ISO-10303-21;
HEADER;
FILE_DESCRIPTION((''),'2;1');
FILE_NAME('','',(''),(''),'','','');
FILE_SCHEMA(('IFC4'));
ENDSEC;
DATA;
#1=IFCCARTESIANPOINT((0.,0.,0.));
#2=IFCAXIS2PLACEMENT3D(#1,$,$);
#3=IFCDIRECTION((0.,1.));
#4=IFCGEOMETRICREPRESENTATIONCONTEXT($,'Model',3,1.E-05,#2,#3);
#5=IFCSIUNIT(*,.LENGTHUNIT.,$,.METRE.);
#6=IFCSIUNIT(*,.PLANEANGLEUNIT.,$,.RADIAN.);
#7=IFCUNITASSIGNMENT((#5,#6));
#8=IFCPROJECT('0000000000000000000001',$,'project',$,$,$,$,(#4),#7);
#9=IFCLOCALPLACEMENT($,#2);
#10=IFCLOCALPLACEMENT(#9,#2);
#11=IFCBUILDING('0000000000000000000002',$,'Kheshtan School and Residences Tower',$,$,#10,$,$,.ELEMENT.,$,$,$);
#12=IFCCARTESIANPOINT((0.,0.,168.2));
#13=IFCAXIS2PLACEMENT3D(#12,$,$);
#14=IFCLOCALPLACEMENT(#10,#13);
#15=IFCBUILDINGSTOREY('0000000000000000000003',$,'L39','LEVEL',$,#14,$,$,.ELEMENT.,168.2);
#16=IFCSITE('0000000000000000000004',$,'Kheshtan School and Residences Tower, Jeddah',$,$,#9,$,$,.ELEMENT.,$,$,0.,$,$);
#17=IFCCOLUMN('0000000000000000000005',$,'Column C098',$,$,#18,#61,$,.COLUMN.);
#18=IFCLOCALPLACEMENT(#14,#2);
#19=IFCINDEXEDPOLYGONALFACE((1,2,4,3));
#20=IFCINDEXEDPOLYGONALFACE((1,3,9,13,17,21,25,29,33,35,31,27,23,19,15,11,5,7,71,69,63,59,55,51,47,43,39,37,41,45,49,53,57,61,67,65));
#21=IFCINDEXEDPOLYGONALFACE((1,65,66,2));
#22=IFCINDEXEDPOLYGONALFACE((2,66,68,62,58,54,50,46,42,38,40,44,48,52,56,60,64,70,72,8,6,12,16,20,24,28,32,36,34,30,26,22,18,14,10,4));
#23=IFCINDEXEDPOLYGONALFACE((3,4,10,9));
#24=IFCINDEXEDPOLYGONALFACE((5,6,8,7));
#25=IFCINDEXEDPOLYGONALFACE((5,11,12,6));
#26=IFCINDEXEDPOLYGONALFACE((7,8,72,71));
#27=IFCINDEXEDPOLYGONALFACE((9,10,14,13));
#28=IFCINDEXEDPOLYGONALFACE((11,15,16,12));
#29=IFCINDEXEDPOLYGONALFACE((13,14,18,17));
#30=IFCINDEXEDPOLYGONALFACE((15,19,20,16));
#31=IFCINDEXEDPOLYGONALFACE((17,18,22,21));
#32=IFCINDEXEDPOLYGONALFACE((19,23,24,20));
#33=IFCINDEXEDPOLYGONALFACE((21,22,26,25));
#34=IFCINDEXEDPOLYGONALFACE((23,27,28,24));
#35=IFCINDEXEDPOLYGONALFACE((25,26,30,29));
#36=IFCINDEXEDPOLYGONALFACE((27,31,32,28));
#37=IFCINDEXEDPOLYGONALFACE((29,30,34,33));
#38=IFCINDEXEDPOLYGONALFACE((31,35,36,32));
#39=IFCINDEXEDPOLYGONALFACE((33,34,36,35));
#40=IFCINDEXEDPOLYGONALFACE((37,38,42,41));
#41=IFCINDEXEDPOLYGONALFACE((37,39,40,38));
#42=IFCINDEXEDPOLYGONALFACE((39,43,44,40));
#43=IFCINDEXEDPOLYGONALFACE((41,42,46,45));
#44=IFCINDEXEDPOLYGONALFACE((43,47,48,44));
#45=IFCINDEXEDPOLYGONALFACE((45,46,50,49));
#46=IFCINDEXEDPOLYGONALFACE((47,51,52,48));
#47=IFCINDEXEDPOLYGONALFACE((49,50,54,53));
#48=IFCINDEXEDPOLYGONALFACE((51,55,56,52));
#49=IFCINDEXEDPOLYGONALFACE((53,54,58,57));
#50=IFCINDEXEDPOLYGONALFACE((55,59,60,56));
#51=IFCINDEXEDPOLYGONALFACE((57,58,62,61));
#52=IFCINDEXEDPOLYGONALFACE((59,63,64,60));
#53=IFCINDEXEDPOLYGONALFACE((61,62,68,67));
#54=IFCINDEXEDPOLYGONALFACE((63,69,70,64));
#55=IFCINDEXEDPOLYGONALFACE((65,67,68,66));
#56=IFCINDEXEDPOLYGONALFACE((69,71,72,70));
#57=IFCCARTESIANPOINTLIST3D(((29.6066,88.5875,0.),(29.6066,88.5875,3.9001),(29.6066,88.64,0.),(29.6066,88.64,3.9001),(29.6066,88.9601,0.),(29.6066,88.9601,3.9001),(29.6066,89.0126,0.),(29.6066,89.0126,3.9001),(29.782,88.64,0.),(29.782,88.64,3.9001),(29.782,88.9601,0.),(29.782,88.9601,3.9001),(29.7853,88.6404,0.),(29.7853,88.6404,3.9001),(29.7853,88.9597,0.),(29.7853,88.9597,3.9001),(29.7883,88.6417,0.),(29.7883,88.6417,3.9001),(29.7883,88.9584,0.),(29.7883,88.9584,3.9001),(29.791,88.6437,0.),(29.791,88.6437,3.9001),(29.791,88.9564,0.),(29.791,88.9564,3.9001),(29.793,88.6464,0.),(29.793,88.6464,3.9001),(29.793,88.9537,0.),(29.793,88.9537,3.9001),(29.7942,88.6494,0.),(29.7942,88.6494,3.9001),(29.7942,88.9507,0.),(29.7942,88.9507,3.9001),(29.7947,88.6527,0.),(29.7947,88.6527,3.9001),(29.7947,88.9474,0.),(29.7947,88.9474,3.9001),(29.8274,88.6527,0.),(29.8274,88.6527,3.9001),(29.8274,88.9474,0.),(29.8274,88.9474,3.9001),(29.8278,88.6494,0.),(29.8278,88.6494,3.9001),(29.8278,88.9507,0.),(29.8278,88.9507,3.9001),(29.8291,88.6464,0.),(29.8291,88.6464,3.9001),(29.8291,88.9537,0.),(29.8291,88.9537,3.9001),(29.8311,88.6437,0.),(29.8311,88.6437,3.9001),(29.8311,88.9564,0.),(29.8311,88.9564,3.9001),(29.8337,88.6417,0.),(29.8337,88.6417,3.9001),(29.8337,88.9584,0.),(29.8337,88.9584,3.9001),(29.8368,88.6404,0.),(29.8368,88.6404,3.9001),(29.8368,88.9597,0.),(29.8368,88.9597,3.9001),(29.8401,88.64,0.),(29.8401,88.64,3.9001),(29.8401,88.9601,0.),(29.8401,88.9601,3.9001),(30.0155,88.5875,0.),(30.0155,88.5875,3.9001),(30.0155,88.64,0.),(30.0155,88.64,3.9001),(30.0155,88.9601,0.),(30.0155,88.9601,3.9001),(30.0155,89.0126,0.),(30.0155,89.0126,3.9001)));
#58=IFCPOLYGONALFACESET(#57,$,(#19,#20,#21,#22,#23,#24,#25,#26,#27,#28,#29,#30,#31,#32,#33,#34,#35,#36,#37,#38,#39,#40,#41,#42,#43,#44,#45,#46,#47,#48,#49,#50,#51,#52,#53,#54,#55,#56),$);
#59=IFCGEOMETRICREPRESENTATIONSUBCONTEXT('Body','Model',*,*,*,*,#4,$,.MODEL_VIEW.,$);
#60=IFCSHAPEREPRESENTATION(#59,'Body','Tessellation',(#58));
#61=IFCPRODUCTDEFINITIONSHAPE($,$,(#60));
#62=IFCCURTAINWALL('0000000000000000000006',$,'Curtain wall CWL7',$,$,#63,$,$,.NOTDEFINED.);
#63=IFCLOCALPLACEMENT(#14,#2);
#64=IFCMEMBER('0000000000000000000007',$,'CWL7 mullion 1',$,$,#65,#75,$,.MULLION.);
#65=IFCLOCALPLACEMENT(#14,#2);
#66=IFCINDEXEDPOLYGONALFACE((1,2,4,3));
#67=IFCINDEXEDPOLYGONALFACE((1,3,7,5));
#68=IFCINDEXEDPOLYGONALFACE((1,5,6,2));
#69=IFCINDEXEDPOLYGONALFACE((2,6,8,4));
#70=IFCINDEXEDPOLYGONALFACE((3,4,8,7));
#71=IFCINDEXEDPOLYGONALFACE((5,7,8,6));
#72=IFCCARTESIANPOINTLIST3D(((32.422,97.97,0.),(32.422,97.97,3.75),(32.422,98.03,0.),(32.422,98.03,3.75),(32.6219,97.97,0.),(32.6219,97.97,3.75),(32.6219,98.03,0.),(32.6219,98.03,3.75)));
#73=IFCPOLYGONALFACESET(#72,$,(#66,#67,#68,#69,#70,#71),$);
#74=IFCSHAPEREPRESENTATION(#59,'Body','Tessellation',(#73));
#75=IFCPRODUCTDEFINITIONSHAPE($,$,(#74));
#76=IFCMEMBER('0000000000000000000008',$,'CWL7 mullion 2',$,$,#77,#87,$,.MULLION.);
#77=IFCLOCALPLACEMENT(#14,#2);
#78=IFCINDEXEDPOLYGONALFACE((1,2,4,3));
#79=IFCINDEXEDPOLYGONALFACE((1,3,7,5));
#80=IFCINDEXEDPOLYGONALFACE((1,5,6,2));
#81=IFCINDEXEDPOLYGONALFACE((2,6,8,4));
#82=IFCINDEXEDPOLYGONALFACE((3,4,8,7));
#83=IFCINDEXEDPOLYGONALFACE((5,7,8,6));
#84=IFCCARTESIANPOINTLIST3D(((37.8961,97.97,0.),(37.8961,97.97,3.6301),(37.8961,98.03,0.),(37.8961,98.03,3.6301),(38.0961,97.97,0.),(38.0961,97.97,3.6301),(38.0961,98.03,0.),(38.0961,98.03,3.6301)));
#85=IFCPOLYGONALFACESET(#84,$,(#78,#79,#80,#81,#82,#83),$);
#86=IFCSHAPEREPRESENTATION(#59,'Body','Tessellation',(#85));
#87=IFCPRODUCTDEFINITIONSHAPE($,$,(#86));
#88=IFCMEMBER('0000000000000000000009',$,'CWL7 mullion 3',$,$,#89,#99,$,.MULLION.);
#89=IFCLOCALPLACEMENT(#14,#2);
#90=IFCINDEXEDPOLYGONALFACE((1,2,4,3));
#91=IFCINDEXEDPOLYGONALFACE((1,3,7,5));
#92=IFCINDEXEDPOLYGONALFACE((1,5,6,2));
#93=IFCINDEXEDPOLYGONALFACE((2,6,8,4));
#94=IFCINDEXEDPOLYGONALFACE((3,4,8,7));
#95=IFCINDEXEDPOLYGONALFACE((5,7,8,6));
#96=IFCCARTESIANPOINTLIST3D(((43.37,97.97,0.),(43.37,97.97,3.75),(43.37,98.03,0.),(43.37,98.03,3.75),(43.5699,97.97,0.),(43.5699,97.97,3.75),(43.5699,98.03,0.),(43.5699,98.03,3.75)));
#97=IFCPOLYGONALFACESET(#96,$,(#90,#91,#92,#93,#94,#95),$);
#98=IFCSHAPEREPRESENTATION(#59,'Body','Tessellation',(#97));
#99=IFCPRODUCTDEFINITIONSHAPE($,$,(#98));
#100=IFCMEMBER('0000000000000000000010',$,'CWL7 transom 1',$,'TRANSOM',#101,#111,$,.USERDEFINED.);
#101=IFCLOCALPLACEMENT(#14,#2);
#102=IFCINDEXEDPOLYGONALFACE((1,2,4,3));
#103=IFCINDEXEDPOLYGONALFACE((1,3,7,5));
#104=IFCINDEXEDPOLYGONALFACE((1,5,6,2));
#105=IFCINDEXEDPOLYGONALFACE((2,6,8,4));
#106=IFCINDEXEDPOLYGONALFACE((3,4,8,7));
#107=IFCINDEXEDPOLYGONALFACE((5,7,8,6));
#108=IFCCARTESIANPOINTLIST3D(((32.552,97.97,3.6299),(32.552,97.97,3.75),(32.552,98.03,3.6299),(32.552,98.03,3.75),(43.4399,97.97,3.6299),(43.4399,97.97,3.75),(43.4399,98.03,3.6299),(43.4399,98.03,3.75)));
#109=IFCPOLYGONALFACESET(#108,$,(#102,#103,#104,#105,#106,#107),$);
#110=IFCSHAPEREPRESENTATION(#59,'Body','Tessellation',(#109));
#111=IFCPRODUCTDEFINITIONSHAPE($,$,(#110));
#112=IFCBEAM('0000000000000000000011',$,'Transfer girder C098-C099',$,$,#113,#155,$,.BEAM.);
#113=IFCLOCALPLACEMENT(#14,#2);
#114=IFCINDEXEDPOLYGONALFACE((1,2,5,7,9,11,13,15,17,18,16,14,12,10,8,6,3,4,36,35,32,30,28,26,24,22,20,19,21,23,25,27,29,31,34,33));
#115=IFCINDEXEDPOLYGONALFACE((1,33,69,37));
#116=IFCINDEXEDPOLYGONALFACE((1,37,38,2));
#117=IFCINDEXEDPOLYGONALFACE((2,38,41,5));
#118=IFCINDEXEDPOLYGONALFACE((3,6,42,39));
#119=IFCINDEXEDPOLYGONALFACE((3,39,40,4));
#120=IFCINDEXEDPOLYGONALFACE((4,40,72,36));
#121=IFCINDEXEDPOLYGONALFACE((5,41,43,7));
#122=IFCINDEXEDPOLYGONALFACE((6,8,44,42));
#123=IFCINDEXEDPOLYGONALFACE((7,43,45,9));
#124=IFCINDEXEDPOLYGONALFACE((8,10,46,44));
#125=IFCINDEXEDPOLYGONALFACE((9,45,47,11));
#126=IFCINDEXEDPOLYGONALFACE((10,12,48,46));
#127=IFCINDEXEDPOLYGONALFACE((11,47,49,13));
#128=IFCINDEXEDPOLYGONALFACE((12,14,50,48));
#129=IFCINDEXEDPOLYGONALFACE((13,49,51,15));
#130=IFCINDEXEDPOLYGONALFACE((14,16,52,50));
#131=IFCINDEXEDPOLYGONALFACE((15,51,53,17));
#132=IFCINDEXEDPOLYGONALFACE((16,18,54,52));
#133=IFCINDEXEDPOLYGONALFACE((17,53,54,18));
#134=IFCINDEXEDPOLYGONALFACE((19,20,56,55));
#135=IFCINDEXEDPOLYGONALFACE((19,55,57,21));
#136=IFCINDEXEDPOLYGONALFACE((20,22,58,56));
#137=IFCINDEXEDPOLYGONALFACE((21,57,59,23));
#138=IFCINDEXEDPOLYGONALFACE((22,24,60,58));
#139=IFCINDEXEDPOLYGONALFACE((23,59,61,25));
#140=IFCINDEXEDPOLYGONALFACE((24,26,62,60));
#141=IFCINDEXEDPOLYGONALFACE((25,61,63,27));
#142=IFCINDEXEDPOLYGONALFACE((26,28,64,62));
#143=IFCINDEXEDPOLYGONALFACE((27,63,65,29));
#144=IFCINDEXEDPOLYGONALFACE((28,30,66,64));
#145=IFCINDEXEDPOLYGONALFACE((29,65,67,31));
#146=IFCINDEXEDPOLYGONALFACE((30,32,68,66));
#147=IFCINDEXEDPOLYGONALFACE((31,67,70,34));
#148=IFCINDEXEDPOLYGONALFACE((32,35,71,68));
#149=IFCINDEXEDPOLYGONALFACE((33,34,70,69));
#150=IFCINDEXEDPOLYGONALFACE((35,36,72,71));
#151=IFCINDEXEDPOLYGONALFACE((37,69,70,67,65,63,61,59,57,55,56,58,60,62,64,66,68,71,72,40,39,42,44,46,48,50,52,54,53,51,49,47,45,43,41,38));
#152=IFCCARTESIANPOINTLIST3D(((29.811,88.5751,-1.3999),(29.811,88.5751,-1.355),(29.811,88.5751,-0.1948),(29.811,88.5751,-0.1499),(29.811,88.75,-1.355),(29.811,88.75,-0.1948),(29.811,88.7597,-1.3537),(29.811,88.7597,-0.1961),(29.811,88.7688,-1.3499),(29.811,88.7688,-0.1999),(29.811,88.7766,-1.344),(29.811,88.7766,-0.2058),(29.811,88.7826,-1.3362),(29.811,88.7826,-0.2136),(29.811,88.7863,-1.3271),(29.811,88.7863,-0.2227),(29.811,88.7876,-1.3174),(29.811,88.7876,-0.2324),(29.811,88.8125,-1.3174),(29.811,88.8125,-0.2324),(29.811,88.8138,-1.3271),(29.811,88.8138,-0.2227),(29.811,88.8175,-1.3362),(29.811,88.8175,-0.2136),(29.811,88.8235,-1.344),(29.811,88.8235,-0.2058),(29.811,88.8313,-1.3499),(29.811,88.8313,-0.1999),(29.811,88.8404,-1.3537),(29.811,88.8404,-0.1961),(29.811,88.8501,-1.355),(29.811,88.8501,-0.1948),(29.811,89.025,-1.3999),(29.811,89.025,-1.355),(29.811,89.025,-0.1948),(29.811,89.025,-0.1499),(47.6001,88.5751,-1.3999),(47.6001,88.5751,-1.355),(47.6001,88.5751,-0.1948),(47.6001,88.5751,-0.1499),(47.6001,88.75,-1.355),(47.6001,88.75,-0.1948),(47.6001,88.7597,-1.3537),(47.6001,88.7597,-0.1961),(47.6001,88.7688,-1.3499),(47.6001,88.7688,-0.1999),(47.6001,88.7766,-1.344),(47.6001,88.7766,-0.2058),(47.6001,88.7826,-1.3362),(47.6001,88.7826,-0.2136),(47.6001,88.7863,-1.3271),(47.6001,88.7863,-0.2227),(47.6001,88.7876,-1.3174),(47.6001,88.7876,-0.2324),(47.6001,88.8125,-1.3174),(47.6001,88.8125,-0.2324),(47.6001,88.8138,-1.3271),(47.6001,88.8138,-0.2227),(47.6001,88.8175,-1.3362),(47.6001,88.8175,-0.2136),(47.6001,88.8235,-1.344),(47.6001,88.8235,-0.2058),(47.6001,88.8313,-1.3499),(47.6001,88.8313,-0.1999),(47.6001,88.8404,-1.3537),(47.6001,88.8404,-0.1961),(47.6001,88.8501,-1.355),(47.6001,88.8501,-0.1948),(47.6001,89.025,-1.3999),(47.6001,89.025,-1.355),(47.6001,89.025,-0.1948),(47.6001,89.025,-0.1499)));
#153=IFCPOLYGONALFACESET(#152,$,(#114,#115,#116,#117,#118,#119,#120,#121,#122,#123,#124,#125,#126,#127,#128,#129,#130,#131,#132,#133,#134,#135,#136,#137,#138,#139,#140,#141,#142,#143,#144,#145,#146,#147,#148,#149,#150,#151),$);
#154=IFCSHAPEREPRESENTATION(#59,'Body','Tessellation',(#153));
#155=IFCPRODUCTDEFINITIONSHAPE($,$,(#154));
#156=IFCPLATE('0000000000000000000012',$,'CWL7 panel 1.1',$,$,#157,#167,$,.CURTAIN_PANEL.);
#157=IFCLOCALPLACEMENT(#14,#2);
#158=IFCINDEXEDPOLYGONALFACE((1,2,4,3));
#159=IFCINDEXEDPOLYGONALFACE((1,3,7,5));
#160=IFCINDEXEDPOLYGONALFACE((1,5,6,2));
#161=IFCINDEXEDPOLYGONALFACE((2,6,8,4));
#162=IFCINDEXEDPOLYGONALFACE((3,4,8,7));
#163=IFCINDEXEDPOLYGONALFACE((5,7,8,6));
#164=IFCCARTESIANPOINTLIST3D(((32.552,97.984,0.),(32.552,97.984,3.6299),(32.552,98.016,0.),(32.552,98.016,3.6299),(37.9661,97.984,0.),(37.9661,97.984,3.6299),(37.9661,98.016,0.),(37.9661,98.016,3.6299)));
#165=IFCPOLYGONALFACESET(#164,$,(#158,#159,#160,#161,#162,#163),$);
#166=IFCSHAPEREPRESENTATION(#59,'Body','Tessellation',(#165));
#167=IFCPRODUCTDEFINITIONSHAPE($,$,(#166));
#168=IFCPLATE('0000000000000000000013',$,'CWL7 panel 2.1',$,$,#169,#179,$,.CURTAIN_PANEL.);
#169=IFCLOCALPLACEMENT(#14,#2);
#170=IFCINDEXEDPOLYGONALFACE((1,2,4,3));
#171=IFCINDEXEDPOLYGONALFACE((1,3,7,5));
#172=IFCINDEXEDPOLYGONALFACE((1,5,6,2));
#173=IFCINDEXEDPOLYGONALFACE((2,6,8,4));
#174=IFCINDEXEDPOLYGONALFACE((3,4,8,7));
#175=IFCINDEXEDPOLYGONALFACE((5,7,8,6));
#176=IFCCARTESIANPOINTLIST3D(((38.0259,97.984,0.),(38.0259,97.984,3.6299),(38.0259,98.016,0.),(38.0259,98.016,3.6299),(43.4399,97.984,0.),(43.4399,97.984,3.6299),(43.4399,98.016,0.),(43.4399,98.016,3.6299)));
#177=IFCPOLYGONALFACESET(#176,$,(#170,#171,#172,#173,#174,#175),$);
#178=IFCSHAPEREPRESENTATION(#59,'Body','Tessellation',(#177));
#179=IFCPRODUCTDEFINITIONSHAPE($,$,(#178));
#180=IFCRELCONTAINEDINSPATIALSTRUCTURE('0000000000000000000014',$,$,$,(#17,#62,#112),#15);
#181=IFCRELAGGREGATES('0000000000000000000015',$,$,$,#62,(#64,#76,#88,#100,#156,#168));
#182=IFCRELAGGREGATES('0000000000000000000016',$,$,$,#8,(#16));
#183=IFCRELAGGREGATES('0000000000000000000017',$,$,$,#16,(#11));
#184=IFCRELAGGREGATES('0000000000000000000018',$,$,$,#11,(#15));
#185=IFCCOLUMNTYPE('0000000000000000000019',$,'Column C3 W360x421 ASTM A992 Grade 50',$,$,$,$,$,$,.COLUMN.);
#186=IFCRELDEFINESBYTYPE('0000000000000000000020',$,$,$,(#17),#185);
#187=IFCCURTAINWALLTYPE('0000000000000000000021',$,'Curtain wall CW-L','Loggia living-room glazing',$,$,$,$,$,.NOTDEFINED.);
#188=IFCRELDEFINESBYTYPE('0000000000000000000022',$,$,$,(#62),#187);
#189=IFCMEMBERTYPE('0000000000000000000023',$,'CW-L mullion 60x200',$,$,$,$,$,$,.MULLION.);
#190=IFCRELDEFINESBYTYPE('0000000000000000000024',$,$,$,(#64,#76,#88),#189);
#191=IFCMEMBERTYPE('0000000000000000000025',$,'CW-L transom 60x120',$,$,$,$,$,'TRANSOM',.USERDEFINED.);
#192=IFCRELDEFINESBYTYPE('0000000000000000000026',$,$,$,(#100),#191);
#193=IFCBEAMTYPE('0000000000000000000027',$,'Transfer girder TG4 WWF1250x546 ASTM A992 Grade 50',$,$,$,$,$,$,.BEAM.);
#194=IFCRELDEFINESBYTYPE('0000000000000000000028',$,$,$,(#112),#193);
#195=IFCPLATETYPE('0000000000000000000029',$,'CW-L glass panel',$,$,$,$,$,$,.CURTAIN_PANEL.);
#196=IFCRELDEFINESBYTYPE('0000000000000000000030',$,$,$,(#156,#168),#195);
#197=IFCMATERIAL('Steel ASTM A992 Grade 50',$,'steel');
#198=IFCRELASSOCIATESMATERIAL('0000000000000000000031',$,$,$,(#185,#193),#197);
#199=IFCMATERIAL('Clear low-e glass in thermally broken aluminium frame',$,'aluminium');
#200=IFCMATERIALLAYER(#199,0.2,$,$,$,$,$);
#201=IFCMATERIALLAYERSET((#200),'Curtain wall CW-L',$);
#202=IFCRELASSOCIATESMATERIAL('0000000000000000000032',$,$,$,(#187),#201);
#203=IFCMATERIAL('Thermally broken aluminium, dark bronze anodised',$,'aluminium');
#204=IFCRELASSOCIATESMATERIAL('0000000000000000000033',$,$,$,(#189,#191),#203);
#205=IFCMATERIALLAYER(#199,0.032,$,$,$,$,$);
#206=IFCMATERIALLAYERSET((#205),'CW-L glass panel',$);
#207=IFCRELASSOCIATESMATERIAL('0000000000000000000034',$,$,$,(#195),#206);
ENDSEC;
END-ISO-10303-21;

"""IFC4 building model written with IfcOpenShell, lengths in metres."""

from ifc_helpers import new_model, si_unit, direction, frame, origin, origin_2d, place, context, subcontext, project, spatial, rectangle, i_section, extrude, material, layer, layer_set, material_profile, profile_set, type_object, element, aggregate, save


model = new_model("IFC4")

# Units and contexts
model_context = context("Model", 3, precision=1e-05, world=origin(), true_north=direction((0.0, 1.0)))
body_context = subcontext(model_context, "Body", "Model", "MODEL_VIEW")
ifc_project = project(units=[si_unit("LENGTHUNIT", "METRE"), si_unit("PLANEANGLEUNIT", "RADIAN")], contexts=[model_context])

# Site, building, storey
site_placement = place(None, origin())
site = spatial("IfcSite", under=ifc_project, at=site_placement, Name="Kheshtan School and Residences Tower, Jeddah", CompositionType="ELEMENT", RefElevation=0.0)
building_placement = place(site_placement, origin())
building = spatial("IfcBuilding", under=site, at=building_placement, Name="Kheshtan School and Residences Tower", CompositionType="ELEMENT")
storey_placement = place(building_placement, frame((0.0, 0.0, 168.2)))
storey = spatial("IfcBuildingStorey", under=building, at=storey_placement, Name="L39", Description="LEVEL", CompositionType="ELEMENT", Elevation=168.2)

# Column
ifc_material_1 = material(Name="Steel ASTM A992 Grade 50", Category="steel")
ifc_material_profile_1 = material_profile(ifc_material_1, i_section(OverallWidth=0.4089, OverallDepth=0.425, WebThickness=0.0327, FlangeThickness=0.0525, FilletRadius=0.0127, at=origin_2d()), Name="W360x421")
ifc_profile_set_1 = profile_set([ifc_material_profile_1], Name="Steel ASTM A992 Grade 50")
column_type = type_object("IfcColumnType", Name="Column C3 W360x421 ASTM A992 Grade 50", PredefinedType="COLUMN", material=ifc_profile_set_1)
column_placement = place(storey_placement, frame((29.811, 88.8, 0.0), z_axis=(0.0, 0.0, 1.0), x_axis=(1.0, 0.0, 0.0)))
element("IfcColumn", 1, at=column_placement, inside=storey, type_object=column_type, Name="Column C098", PredefinedType="COLUMN", context=body_context, shape_type="SweptSolid", body=[
    extrude(i_section(OverallWidth=0.4089, OverallDepth=0.425, WebThickness=0.0327, FlangeThickness=0.0525, FilletRadius=0.0127, at=origin_2d()), origin(), (0.0, 0.0, 1.0), 3.9001),
])

# Curtain wall, members
ifc_material_2 = material(Name="Clear low-e glass in thermally broken aluminium frame", Category="aluminium")
ifc_layer_1 = layer(ifc_material_2, 0.2)
ifc_layer_set_1 = layer_set([ifc_layer_1], Name="Curtain wall CW-L")
curtain_wall_type = type_object("IfcCurtainWallType", Name="Curtain wall CW-L", Description="Loggia living-room glazing", PredefinedType="NOTDEFINED", material=ifc_layer_set_1)
curtain_wall_placement = place(storey_placement, origin())
curtain_wall = element("IfcCurtainWall", 2, at=curtain_wall_placement, inside=storey, type_object=curtain_wall_type, Name="Curtain wall CWL7", PredefinedType="NOTDEFINED")
ifc_material_3 = material(Name="Thermally broken aluminium, dark bronze anodised", Category="aluminium")
ifc_material_profile_2 = material_profile(ifc_material_3, rectangle(XDim=0.0601, YDim=0.2, at=origin_2d()), Name="CW-L mullion 60x200")
ifc_profile_set_2 = profile_set([ifc_material_profile_2], Name="Thermally broken aluminium, dark bronze anodised")
member_type_1 = type_object("IfcMemberType", Name="CW-L mullion 60x200", PredefinedType="MULLION", material=ifc_profile_set_2)
member_1_placement = place(storey_placement, frame((32.522, 98.0, 0.0), z_axis=(0.0, 0.0, 1.0), x_axis=(0.0, 1.0, 0.0)))
member_1 = element("IfcMember", 3, at=member_1_placement, type_object=member_type_1, Name="CWL7 mullion 1", PredefinedType="MULLION", context=body_context, shape_type="SweptSolid", body=[
    extrude(rectangle(XDim=0.0601, YDim=0.2, at=origin_2d()), origin(), (0.0, 0.0, 1.0), 3.75),
])
member_2_placement = place(storey_placement, frame((37.9961, 98.0, 0.0), z_axis=(0.0, 0.0, 1.0), x_axis=(0.0, 1.0, 0.0)))
member_2 = element("IfcMember", 4, at=member_2_placement, type_object=member_type_1, Name="CWL7 mullion 2", PredefinedType="MULLION", context=body_context, shape_type="SweptSolid", body=[
    extrude(rectangle(XDim=0.0601, YDim=0.2, at=origin_2d()), origin(), (0.0, 0.0, 1.0), 3.6301),
])
member_3_placement = place(storey_placement, frame((43.47, 98.0, 0.0), z_axis=(0.0, 0.0, 1.0), x_axis=(0.0, 1.0, 0.0)))
member_3 = element("IfcMember", 5, at=member_3_placement, type_object=member_type_1, Name="CWL7 mullion 3", PredefinedType="MULLION", context=body_context, shape_type="SweptSolid", body=[
    extrude(rectangle(XDim=0.0601, YDim=0.2, at=origin_2d()), origin(), (0.0, 0.0, 1.0), 3.75),
])
ifc_material_profile_3 = material_profile(ifc_material_3, rectangle(XDim=0.0601, YDim=0.1201, at=origin_2d()), Name="CW-L transom 60x120")
ifc_profile_set_3 = profile_set([ifc_material_profile_3], Name="Thermally broken aluminium, dark bronze anodised")
member_type_2 = type_object("IfcMemberType", Name="CW-L transom 60x120", ElementType="TRANSOM", PredefinedType="USERDEFINED", material=ifc_profile_set_3)
member_4_placement = place(storey_placement, frame((32.552, 98.0, 3.6899), z_axis=(1.0, 0.0, 0.0), x_axis=(0.0, 1.0, 0.0)))
member_4 = element("IfcMember", 6, at=member_4_placement, type_object=member_type_2, Name="CWL7 transom 1", ObjectType="TRANSOM", PredefinedType="USERDEFINED", context=body_context, shape_type="SweptSolid", body=[
    extrude(rectangle(XDim=0.0601, YDim=0.1201, at=origin_2d()), origin(), (0.0, 0.0, 1.0), 10.8879),
])

# Beam
ifc_material_profile_4 = material_profile(ifc_material_1, i_section(OverallWidth=0.45, OverallDepth=1.25, WebThickness=0.0249, FlangeThickness=0.0449, FilletRadius=0.0376, at=origin_2d()), Name="WWF1250x546")
ifc_profile_set_4 = profile_set([ifc_material_profile_4], Name="Steel ASTM A992 Grade 50")
beam_type = type_object("IfcBeamType", Name="Transfer girder TG4 WWF1250x546 ASTM A992 Grade 50", PredefinedType="BEAM", material=ifc_profile_set_4)
beam_placement = place(storey_placement, frame((29.811, 88.8, -0.7749), z_axis=(1.0, 0.0, 0.0), x_axis=(0.0, 1.0, 0.0)))
element("IfcBeam", 7, at=beam_placement, inside=storey, type_object=beam_type, Name="Transfer girder C098-C099", PredefinedType="BEAM", context=body_context, shape_type="SweptSolid", body=[
    extrude(i_section(OverallWidth=0.45, OverallDepth=1.25, WebThickness=0.0249, FlangeThickness=0.0449, FilletRadius=0.0376, at=origin_2d()), origin(), (0.0, 0.0, 1.0), 17.7891),
])

# Plates
ifc_layer_2 = layer(ifc_material_2, 0.032)
ifc_layer_set_2 = layer_set([ifc_layer_2], Name="CW-L glass panel")
plate_type = type_object("IfcPlateType", Name="CW-L glass panel", PredefinedType="CURTAIN_PANEL", material=ifc_layer_set_2)
plate_1_placement = place(storey_placement, frame((35.259, 98.0, 0.0), z_axis=(0.0, 0.0, 1.0), x_axis=(1.0, 0.0, 0.0)))
plate_1 = element("IfcPlate", 8, at=plate_1_placement, type_object=plate_type, Name="CWL7 panel 1.1", PredefinedType="CURTAIN_PANEL", context=body_context, shape_type="SweptSolid", body=[
    extrude(rectangle(XDim=5.4141, YDim=0.032, at=origin_2d()), origin(), (0.0, 0.0, 1.0), 3.6299),
])
plate_2_placement = place(storey_placement, frame((40.7329, 98.0, 0.0), z_axis=(0.0, 0.0, 1.0), x_axis=(1.0, 0.0, 0.0)))
plate_2 = element("IfcPlate", 9, at=plate_2_placement, type_object=plate_type, Name="CWL7 panel 2.1", PredefinedType="CURTAIN_PANEL", context=body_context, shape_type="SweptSolid", body=[
    extrude(rectangle(XDim=5.4141, YDim=0.032, at=origin_2d()), origin(), (0.0, 0.0, 1.0), 3.6299),
])
aggregate(curtain_wall, [member_1, member_2, member_3, member_4, plate_1, plate_2])

save(model, "model.ifc")
